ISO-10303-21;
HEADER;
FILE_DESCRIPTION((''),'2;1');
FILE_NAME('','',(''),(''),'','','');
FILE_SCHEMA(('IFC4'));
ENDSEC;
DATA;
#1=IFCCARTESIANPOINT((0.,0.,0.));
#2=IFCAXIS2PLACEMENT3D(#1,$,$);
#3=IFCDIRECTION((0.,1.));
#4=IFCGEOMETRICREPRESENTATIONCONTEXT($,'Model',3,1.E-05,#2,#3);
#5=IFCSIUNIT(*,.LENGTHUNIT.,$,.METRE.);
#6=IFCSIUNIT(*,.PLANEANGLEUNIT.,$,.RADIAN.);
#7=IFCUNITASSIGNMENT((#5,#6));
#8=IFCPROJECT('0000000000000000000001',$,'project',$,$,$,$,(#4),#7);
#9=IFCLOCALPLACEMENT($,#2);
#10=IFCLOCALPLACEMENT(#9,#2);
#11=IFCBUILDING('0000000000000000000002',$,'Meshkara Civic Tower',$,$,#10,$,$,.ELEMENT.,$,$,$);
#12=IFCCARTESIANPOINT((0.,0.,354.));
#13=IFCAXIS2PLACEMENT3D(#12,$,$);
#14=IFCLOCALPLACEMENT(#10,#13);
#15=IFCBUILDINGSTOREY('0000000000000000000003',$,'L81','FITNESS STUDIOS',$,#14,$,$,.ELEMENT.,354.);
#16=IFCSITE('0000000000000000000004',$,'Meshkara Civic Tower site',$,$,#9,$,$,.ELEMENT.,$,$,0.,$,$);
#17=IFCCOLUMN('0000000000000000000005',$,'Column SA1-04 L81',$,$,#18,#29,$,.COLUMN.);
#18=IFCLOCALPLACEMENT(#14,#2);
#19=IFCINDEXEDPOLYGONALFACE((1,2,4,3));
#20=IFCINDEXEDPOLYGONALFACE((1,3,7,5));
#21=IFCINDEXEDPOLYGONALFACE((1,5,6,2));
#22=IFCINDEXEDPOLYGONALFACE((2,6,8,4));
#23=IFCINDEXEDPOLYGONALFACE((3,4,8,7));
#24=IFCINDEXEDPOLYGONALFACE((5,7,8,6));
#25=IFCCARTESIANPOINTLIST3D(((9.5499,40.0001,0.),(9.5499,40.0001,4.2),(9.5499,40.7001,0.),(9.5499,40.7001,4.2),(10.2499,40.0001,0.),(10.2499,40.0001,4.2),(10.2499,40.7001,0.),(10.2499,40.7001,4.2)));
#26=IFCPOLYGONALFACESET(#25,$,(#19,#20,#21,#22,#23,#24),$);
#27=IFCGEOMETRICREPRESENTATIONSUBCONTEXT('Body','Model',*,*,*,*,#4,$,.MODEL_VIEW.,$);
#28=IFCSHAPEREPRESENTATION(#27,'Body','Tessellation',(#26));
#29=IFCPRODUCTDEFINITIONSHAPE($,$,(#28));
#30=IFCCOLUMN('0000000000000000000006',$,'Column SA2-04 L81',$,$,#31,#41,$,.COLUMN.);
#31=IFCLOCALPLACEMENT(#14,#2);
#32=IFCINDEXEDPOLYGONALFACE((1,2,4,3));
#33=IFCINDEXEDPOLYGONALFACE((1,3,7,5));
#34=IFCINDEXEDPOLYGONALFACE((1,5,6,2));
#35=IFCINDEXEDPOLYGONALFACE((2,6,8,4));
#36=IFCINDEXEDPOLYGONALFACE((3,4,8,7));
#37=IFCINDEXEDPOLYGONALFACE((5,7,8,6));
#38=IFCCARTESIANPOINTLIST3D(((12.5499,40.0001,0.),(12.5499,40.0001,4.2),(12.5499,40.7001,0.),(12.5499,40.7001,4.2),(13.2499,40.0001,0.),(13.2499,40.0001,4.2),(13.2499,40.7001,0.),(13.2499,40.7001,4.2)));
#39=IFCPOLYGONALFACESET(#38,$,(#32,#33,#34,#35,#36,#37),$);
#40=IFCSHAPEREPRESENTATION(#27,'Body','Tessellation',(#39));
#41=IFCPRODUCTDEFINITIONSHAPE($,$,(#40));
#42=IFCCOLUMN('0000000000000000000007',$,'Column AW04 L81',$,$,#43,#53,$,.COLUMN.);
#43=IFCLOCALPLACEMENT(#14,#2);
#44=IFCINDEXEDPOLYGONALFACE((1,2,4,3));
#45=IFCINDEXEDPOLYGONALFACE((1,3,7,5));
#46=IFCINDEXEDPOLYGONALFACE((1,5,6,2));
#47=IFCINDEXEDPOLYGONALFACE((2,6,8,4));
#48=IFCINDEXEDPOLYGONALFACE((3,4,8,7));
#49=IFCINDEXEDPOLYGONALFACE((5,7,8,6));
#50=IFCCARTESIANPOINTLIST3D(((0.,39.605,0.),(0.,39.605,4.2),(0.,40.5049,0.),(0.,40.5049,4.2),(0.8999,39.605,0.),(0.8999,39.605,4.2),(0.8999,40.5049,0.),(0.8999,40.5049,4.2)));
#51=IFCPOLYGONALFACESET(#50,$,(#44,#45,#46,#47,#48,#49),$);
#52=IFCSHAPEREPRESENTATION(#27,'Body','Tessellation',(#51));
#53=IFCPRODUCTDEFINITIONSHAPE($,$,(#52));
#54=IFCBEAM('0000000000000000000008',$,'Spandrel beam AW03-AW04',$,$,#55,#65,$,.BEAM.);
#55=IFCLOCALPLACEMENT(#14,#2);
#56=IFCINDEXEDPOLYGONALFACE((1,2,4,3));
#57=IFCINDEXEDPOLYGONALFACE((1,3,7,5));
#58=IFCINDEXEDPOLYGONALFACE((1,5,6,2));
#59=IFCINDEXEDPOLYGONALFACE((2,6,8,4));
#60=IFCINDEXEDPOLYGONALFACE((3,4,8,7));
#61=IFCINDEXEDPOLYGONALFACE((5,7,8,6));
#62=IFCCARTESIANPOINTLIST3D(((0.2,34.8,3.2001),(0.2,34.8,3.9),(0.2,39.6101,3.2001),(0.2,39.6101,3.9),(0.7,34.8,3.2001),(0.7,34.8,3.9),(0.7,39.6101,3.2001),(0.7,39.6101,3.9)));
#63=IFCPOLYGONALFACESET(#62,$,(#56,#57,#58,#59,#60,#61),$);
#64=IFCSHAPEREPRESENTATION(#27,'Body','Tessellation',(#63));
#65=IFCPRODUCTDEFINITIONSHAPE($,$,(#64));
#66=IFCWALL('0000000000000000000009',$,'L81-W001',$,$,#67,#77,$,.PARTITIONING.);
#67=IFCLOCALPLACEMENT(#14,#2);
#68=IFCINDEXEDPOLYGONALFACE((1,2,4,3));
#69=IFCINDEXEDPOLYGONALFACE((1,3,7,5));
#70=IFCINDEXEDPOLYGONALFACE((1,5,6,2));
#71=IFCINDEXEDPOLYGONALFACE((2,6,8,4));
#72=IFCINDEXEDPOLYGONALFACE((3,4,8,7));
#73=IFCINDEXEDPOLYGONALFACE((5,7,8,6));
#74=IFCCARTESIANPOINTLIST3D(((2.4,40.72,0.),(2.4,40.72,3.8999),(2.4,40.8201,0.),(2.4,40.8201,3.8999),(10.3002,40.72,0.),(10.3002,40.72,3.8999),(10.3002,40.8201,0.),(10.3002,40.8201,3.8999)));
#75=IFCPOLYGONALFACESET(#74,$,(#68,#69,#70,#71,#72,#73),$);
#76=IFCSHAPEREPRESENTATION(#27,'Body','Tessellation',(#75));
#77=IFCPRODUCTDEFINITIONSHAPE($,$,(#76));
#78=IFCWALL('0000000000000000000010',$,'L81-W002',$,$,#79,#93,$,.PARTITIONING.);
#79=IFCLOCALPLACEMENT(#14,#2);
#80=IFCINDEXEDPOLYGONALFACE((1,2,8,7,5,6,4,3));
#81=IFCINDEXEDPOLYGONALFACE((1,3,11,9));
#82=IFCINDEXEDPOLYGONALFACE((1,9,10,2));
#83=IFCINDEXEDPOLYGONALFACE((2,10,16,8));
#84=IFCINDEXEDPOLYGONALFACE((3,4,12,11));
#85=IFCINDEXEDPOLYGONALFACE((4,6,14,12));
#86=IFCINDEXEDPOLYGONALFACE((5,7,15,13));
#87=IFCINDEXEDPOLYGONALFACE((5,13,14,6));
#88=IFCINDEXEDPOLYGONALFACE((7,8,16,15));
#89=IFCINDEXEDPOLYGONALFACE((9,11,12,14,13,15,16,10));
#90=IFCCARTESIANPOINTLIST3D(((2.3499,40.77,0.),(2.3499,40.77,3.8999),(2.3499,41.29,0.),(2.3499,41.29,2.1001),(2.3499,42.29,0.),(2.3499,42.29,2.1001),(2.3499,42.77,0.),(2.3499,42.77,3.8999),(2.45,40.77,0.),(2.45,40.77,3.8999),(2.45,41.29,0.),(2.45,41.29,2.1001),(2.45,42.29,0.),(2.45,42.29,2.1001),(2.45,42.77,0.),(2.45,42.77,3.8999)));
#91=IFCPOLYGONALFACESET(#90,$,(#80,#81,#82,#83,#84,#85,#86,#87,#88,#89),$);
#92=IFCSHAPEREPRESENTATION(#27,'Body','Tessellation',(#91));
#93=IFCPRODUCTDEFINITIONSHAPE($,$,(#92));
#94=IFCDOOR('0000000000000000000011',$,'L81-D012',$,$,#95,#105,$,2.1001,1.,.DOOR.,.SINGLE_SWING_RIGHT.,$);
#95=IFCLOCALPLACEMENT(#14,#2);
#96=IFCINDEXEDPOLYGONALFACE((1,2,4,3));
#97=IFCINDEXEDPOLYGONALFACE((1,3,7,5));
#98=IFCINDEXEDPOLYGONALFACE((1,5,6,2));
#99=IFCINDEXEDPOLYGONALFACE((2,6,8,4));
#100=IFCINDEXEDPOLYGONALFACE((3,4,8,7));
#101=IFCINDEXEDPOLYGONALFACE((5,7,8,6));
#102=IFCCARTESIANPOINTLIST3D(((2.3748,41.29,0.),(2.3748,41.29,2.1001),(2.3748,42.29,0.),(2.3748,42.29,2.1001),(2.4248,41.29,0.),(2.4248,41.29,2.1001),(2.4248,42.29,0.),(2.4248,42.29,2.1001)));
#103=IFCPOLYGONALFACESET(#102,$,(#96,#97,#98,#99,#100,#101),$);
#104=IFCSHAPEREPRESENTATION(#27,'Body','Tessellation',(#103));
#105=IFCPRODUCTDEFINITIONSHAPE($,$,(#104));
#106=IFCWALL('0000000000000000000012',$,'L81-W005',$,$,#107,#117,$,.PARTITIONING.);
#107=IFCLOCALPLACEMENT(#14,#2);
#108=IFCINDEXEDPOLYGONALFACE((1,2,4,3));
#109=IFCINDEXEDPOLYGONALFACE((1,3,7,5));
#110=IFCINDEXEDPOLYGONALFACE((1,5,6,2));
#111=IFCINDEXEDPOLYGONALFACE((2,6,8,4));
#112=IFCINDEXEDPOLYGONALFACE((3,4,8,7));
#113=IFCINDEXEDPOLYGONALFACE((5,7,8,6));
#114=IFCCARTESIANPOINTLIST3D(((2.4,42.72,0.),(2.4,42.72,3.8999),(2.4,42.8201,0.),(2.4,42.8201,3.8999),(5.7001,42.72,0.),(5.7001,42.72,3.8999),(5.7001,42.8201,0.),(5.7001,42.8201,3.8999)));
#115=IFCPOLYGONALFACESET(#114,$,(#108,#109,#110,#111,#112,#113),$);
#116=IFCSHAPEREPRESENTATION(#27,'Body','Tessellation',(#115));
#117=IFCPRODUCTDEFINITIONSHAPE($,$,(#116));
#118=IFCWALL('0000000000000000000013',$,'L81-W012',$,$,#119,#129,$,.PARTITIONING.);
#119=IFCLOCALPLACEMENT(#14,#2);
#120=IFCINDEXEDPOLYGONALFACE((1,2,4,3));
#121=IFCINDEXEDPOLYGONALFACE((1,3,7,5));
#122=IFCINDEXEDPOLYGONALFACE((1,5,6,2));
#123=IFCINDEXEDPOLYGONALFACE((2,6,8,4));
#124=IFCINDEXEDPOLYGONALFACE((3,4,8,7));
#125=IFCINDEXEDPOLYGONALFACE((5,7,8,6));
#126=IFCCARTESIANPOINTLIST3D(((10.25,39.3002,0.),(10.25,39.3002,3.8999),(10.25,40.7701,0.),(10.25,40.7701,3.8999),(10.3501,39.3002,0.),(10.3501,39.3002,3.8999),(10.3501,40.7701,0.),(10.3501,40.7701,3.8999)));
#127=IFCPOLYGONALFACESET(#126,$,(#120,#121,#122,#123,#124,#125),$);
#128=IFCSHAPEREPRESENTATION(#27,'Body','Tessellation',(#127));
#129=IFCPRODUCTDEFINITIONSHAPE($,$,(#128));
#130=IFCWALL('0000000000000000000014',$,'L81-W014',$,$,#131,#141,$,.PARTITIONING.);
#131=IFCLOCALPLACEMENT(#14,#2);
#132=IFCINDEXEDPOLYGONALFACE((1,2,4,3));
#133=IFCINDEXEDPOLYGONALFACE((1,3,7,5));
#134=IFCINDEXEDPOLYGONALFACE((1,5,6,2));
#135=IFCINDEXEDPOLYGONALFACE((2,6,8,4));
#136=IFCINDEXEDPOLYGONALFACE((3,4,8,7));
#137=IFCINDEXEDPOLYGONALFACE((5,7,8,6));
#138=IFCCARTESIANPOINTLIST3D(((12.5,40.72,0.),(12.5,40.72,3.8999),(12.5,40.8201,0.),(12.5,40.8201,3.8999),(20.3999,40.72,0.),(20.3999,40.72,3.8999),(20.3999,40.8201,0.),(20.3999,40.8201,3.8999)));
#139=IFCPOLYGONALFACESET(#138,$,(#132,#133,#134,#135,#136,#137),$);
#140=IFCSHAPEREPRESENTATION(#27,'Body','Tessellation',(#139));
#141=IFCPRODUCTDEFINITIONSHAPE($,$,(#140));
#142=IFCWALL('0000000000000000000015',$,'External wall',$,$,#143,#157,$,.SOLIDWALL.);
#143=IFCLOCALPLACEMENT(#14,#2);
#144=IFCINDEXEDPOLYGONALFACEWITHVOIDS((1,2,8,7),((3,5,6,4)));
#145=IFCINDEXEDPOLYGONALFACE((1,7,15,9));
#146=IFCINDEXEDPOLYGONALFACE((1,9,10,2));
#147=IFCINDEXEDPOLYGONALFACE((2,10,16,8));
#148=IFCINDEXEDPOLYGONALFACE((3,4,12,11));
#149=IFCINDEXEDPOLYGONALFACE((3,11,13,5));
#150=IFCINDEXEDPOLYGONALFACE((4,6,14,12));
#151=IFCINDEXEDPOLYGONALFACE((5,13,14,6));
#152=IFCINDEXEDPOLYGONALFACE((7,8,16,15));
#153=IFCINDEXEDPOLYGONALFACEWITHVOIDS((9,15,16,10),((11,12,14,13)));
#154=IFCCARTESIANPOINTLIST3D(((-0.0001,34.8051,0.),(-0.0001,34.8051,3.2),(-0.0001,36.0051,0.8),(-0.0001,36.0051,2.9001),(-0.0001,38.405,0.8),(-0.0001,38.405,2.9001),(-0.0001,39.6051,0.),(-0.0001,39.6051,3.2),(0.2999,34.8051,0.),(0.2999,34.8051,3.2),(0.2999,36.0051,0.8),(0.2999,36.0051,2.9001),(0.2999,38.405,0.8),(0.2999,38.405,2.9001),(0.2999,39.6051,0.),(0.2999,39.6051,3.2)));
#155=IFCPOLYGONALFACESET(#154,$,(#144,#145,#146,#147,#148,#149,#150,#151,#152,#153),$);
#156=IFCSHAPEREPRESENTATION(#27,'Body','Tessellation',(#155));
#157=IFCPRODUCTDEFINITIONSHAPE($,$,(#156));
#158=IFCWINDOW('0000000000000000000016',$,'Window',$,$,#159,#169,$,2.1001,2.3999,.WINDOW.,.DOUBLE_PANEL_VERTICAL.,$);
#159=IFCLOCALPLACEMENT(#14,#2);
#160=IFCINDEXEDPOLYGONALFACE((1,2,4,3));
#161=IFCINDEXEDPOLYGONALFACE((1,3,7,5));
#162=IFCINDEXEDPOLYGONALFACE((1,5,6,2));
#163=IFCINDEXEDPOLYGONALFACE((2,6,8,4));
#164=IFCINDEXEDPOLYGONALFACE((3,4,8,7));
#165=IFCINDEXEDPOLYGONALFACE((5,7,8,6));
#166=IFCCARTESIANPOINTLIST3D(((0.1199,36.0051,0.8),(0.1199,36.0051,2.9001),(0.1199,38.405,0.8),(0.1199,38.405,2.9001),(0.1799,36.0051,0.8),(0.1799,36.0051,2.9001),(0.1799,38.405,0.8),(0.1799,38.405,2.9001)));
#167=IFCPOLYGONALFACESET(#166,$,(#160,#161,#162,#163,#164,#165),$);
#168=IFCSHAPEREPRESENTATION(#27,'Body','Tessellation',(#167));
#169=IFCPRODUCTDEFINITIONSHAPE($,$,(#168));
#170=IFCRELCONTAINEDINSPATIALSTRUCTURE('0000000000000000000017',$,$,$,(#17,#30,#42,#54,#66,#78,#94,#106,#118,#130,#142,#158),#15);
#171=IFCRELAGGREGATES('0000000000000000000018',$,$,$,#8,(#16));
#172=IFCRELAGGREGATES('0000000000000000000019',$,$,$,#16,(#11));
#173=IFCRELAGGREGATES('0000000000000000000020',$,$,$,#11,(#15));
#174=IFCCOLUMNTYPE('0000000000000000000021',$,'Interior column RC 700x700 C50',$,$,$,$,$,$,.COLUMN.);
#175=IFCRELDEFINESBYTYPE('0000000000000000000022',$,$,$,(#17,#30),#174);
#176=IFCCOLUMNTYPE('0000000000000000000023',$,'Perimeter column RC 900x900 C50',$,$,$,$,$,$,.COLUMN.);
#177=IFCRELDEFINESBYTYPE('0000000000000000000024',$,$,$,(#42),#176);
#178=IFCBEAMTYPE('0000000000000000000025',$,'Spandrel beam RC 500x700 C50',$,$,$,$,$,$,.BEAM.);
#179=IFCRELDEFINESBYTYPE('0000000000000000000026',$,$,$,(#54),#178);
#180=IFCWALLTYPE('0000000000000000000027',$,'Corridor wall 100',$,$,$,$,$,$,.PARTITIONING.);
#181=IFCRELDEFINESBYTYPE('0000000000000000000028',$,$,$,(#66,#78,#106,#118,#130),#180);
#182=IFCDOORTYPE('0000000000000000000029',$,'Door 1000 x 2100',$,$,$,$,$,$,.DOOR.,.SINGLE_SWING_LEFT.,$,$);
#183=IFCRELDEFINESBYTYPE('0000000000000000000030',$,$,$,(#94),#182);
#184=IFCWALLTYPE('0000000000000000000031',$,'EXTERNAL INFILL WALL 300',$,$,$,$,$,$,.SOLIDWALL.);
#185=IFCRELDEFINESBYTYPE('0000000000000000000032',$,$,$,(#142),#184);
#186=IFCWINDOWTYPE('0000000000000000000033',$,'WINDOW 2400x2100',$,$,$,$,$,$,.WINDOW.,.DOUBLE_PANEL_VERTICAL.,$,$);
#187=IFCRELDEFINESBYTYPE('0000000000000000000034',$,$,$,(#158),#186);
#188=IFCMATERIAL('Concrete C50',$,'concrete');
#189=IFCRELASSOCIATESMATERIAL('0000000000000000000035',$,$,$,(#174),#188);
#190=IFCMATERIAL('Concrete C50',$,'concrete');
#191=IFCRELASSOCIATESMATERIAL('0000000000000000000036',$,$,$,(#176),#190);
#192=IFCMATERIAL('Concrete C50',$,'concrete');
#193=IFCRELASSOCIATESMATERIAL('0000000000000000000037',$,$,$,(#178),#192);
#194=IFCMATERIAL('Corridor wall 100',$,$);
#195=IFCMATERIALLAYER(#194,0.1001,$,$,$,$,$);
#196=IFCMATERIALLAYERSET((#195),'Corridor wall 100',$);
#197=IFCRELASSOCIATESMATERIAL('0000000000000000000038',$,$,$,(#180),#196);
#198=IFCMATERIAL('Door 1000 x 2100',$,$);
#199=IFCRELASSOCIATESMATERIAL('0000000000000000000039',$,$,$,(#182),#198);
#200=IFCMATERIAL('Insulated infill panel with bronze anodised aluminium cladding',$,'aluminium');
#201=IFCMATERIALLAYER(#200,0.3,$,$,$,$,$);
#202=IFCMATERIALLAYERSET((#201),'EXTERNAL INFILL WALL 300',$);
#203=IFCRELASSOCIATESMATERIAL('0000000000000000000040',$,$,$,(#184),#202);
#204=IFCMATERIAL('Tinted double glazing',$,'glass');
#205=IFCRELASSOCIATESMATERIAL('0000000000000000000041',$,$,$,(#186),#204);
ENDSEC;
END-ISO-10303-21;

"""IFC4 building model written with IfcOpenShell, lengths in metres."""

from ifc_helpers import new_model, si_unit, direction, frame, frame_2d, origin, origin_2d, place, context, subcontext, project, spatial, rectangle, extrude, material, layer, layer_set, material_profile, profile_set, type_object, element, fill, save


model = new_model("IFC4")

# Units and contexts
model_context = context("Model", 3, precision=1e-05, world=origin(), true_north=direction((0.0, 1.0)))
body_context = subcontext(model_context, "Body", "Model", "MODEL_VIEW")
ifc_project = project(units=[si_unit("LENGTHUNIT", "METRE"), si_unit("PLANEANGLEUNIT", "RADIAN")], contexts=[model_context])

# Site, building, storey
site_placement = place(None, origin())
site = spatial("IfcSite", under=ifc_project, at=site_placement, Name="Meshkara Civic Tower site", CompositionType="ELEMENT", RefElevation=0.0)
building_placement = place(site_placement, origin())
building = spatial("IfcBuilding", under=site, at=building_placement, Name="Meshkara Civic Tower", CompositionType="ELEMENT")
storey_placement = place(building_placement, frame((0.0, 0.0, 354.0)))
storey = spatial("IfcBuildingStorey", under=building, at=storey_placement, Name="L81", Description="FITNESS STUDIOS", CompositionType="ELEMENT", Elevation=354.0)

# Columns
ifc_material_1 = material(Name="Concrete C50", Category="concrete")
ifc_material_profile_1 = material_profile(ifc_material_1, rectangle(XDim=0.7, YDim=0.7, at=origin_2d()))
ifc_profile_set_1 = profile_set([ifc_material_profile_1], Name="Concrete C50")
column_type_1 = type_object("IfcColumnType", Name="Interior column RC 700x700 C50", PredefinedType="COLUMN", material=ifc_profile_set_1)
for number, where, z_axis, x_axis, name in (
    (1, (9.8999, 40.3501, 0.0), (0.0, 0.0, 1.0), (1.0, 0.0, 0.0), "Column SA1-04 L81"),
    (2, (12.8999, 40.3501, 0.0), (0.0, 0.0, 1.0), (1.0, 0.0, 0.0), "Column SA2-04 L81"),
):
    element("IfcColumn", number, at=place(storey_placement, frame(where, z_axis=z_axis, x_axis=x_axis)), inside=storey, type_object=column_type_1, Name=name, PredefinedType="COLUMN", context=body_context, shape_type="SweptSolid", body=[
        extrude(rectangle(XDim=0.7, YDim=0.7, at=origin_2d()), origin(), (0.0, 0.0, 1.0), 4.2),
    ])
ifc_material_2 = material(Name="Concrete C50", Category="concrete")
ifc_material_profile_2 = material_profile(ifc_material_2, rectangle(XDim=0.8999, YDim=0.8999, at=origin_2d()))
ifc_profile_set_2 = profile_set([ifc_material_profile_2], Name="Concrete C50")
column_type_2 = type_object("IfcColumnType", Name="Perimeter column RC 900x900 C50", PredefinedType="COLUMN", material=ifc_profile_set_2)
column_placement = place(storey_placement, frame((0.45, 40.0549, 0.0), z_axis=(0.0, 0.0, 1.0), x_axis=(1.0, 0.0, 0.0)))
element("IfcColumn", 3, at=column_placement, inside=storey, type_object=column_type_2, Name="Column AW04 L81", PredefinedType="COLUMN", context=body_context, shape_type="SweptSolid", body=[
    extrude(rectangle(XDim=0.8999, YDim=0.8999, at=origin_2d()), origin(), (0.0, 0.0, 1.0), 4.2),
])

# Beam
ifc_material_3 = material(Name="Concrete C50", Category="concrete")
ifc_material_profile_3 = material_profile(ifc_material_3, rectangle(XDim=0.5, YDim=0.7, at=origin_2d()))
ifc_profile_set_3 = profile_set([ifc_material_profile_3], Name="Concrete C50")
beam_type = type_object("IfcBeamType", Name="Spandrel beam RC 500x700 C50", PredefinedType="BEAM", material=ifc_profile_set_3)
beam_placement = place(storey_placement, frame((0.45, 39.6101, 3.55), z_axis=(0.0, -1.0, 0.0), x_axis=(1.0, 0.0, 0.0)))
element("IfcBeam", 4, at=beam_placement, inside=storey, type_object=beam_type, Name="Spandrel beam AW03-AW04", PredefinedType="BEAM", context=body_context, shape_type="SweptSolid", body=[
    extrude(rectangle(XDim=0.5, YDim=0.7, at=origin_2d()), origin(), (0.0, 0.0, 1.0), 4.8101),
])

# Wall
ifc_material_4 = material(Name="Corridor wall 100")
ifc_layer_1 = layer(ifc_material_4, 0.1001)
ifc_layer_set_1 = layer_set([ifc_layer_1], Name="Corridor wall 100")
wall_type_1 = type_object("IfcWallType", Name="Corridor wall 100", PredefinedType="PARTITIONING", material=ifc_layer_set_1)
wall_1_placement = place(storey_placement, frame((2.3999, 40.77, 0.0), z_axis=(0.0, 0.0, 1.0), x_axis=(1.0, 0.0, 0.0)))
element("IfcWall", 5, at=wall_1_placement, inside=storey, type_object=wall_type_1, Name="L81-W001", PredefinedType="PARTITIONING", context=body_context, shape_type="SweptSolid", body=[
    extrude(rectangle(XDim=7.9001, YDim=0.1001, at=frame_2d((3.9502, 0.0))), origin(), (0.0, 0.0, 1.0), 3.8999),
])

# Wall, opening, door
wall_2_placement = place(storey_placement, frame((2.3999, 42.77, 0.0), z_axis=(0.0, 0.0, 1.0), x_axis=(0.0, -1.0, 0.0)))
wall_2 = element("IfcWall", 6, at=wall_2_placement, inside=storey, type_object=wall_type_1, Name="L81-W002", PredefinedType="PARTITIONING", context=body_context, shape_type="SweptSolid", body=[
    extrude(rectangle(XDim=2.0, YDim=0.1001, at=frame_2d((1.0, 0.0))), origin(), (0.0, 0.0, 1.0), 3.8999),
])
opening_1_placement = place(wall_2_placement, frame((0.48, 0.0, 0.0)))
opening_1 = element("IfcOpeningElement", 7, at=opening_1_placement, cuts=wall_2, PredefinedType="OPENING", context=body_context, shape_type="SweptSolid", body=[
    extrude(rectangle(XDim=1.0, YDim=2.1001, at=frame_2d((0.5, 1.05))), frame((0.0, 0.0601, 0.0), z_axis=(0.0, -1.0, 0.0), x_axis=(1.0, 0.0, 0.0)), (0.0, 0.0, 1.0), 0.1201),
])
ifc_material_5 = material(Name="Door 1000 x 2100")
door_type_1 = type_object("IfcDoorType", Name="Door 1000 x 2100", OperationType="SINGLE_SWING_LEFT", PredefinedType="DOOR", material=ifc_material_5)
door_1_placement = place(opening_1_placement, origin())
door_1 = element("IfcDoor", 8, at=door_1_placement, inside=storey, type_object=door_type_1, Name="L81-D012", OperationType="SINGLE_SWING_RIGHT", OverallHeight=2.1001, OverallWidth=1.0, PredefinedType="DOOR", context=body_context, shape_type="SweptSolid", body=[
    extrude(rectangle(XDim=1.0, YDim=2.1001, at=frame_2d((0.5, 1.05))), frame((0.0, 0.0249, 0.0), z_axis=(0.0, -1.0, 0.0), x_axis=(1.0, 0.0, 0.0)), (0.0, 0.0, 1.0), 0.05),
])
fill(opening_1, door_1)

# Walls
wall_3_placement = place(storey_placement, frame((5.7, 42.77, 0.0), z_axis=(0.0, 0.0, 1.0), x_axis=(-1.0, 0.0, 0.0)))
element("IfcWall", 9, at=wall_3_placement, inside=storey, type_object=wall_type_1, Name="L81-W005", PredefinedType="PARTITIONING", context=body_context, shape_type="SweptSolid", body=[
    extrude(rectangle(XDim=3.3, YDim=0.1001, at=frame_2d((1.6499, 0.0))), origin(), (0.0, 0.0, 1.0), 3.8999),
])
wall_4_placement = place(storey_placement, frame((10.3, 40.77, 0.0), z_axis=(0.0, 0.0, 1.0), x_axis=(0.0, -1.0, 0.0)))
element("IfcWall", 10, at=wall_4_placement, inside=storey, type_object=wall_type_1, Name="L81-W012", PredefinedType="PARTITIONING", context=body_context, shape_type="SweptSolid", body=[
    extrude(rectangle(XDim=1.47, YDim=0.1001, at=frame_2d((0.7349, 0.0))), origin(), (0.0, 0.0, 1.0), 3.8999),
])
wall_5_placement = place(storey_placement, frame((12.5, 40.77, 0.0), z_axis=(0.0, 0.0, 1.0), x_axis=(1.0, 0.0, 0.0)))
element("IfcWall", 11, at=wall_5_placement, inside=storey, type_object=wall_type_1, Name="L81-W014", PredefinedType="PARTITIONING", context=body_context, shape_type="SweptSolid", body=[
    extrude(rectangle(XDim=7.8999, YDim=0.1001, at=frame_2d((3.95, 0.0))), origin(), (0.0, 0.0, 1.0), 3.8999),
])

# Wall, opening, window
ifc_material_6 = material(Name="Insulated infill panel with bronze anodised aluminium cladding", Category="aluminium")
ifc_layer_2 = layer(ifc_material_6, 0.3)
ifc_layer_set_2 = layer_set([ifc_layer_2], Name="EXTERNAL INFILL WALL 300")
wall_type_2 = type_object("IfcWallType", Name="EXTERNAL INFILL WALL 300", PredefinedType="SOLIDWALL", material=ifc_layer_set_2)
wall_6_placement = place(storey_placement, frame((0.1499, 39.605, 0.0), z_axis=(0.0, 0.0, 1.0), x_axis=(0.0, -1.0, 0.0)))
wall_6 = element("IfcWall", 12, at=wall_6_placement, inside=storey, type_object=wall_type_2, Name="External wall", PredefinedType="SOLIDWALL", context=body_context, shape_type="SweptSolid", body=[
    extrude(rectangle(XDim=4.8, YDim=0.3, at=frame_2d((2.3999, 0.0))), origin(), (0.0, 0.0, 1.0), 3.2),
])
opening_2_placement = place(wall_6_placement, frame((1.2, 0.0, 0.8)))
opening_2 = element("IfcOpeningElement", 13, at=opening_2_placement, cuts=wall_6, PredefinedType="OPENING", context=body_context, shape_type="SweptSolid", body=[
    extrude(rectangle(XDim=2.3999, YDim=2.1001, at=frame_2d((1.2, 1.05))), frame((0.0, 0.1599, 0.0), z_axis=(0.0, -1.0, 0.0), x_axis=(1.0, 0.0, 0.0)), (0.0, 0.0, 1.0), 0.3201),
])
ifc_material_7 = material(Name="Tinted double glazing", Category="glass")
window_type = type_object("IfcWindowType", Name="WINDOW 2400x2100", PartitioningType="DOUBLE_PANEL_VERTICAL", PredefinedType="WINDOW", material=ifc_material_7)
window_placement = place(opening_2_placement, origin())
window = element("IfcWindow", 14, at=window_placement, inside=storey, type_object=window_type, Name="Window", OverallHeight=2.1001, OverallWidth=2.3999, PartitioningType="DOUBLE_PANEL_VERTICAL", PredefinedType="WINDOW", context=body_context, shape_type="SweptSolid", body=[
    extrude(rectangle(XDim=2.3999, YDim=2.1001, at=frame_2d((1.2, 1.05))), frame((0.0, 0.03, 0.0), z_axis=(0.0, -1.0, 0.0), x_axis=(1.0, 0.0, 0.0)), (0.0, 0.0, 1.0), 0.0601),
])
fill(opening_2, window)

save(model, "model.ifc")
